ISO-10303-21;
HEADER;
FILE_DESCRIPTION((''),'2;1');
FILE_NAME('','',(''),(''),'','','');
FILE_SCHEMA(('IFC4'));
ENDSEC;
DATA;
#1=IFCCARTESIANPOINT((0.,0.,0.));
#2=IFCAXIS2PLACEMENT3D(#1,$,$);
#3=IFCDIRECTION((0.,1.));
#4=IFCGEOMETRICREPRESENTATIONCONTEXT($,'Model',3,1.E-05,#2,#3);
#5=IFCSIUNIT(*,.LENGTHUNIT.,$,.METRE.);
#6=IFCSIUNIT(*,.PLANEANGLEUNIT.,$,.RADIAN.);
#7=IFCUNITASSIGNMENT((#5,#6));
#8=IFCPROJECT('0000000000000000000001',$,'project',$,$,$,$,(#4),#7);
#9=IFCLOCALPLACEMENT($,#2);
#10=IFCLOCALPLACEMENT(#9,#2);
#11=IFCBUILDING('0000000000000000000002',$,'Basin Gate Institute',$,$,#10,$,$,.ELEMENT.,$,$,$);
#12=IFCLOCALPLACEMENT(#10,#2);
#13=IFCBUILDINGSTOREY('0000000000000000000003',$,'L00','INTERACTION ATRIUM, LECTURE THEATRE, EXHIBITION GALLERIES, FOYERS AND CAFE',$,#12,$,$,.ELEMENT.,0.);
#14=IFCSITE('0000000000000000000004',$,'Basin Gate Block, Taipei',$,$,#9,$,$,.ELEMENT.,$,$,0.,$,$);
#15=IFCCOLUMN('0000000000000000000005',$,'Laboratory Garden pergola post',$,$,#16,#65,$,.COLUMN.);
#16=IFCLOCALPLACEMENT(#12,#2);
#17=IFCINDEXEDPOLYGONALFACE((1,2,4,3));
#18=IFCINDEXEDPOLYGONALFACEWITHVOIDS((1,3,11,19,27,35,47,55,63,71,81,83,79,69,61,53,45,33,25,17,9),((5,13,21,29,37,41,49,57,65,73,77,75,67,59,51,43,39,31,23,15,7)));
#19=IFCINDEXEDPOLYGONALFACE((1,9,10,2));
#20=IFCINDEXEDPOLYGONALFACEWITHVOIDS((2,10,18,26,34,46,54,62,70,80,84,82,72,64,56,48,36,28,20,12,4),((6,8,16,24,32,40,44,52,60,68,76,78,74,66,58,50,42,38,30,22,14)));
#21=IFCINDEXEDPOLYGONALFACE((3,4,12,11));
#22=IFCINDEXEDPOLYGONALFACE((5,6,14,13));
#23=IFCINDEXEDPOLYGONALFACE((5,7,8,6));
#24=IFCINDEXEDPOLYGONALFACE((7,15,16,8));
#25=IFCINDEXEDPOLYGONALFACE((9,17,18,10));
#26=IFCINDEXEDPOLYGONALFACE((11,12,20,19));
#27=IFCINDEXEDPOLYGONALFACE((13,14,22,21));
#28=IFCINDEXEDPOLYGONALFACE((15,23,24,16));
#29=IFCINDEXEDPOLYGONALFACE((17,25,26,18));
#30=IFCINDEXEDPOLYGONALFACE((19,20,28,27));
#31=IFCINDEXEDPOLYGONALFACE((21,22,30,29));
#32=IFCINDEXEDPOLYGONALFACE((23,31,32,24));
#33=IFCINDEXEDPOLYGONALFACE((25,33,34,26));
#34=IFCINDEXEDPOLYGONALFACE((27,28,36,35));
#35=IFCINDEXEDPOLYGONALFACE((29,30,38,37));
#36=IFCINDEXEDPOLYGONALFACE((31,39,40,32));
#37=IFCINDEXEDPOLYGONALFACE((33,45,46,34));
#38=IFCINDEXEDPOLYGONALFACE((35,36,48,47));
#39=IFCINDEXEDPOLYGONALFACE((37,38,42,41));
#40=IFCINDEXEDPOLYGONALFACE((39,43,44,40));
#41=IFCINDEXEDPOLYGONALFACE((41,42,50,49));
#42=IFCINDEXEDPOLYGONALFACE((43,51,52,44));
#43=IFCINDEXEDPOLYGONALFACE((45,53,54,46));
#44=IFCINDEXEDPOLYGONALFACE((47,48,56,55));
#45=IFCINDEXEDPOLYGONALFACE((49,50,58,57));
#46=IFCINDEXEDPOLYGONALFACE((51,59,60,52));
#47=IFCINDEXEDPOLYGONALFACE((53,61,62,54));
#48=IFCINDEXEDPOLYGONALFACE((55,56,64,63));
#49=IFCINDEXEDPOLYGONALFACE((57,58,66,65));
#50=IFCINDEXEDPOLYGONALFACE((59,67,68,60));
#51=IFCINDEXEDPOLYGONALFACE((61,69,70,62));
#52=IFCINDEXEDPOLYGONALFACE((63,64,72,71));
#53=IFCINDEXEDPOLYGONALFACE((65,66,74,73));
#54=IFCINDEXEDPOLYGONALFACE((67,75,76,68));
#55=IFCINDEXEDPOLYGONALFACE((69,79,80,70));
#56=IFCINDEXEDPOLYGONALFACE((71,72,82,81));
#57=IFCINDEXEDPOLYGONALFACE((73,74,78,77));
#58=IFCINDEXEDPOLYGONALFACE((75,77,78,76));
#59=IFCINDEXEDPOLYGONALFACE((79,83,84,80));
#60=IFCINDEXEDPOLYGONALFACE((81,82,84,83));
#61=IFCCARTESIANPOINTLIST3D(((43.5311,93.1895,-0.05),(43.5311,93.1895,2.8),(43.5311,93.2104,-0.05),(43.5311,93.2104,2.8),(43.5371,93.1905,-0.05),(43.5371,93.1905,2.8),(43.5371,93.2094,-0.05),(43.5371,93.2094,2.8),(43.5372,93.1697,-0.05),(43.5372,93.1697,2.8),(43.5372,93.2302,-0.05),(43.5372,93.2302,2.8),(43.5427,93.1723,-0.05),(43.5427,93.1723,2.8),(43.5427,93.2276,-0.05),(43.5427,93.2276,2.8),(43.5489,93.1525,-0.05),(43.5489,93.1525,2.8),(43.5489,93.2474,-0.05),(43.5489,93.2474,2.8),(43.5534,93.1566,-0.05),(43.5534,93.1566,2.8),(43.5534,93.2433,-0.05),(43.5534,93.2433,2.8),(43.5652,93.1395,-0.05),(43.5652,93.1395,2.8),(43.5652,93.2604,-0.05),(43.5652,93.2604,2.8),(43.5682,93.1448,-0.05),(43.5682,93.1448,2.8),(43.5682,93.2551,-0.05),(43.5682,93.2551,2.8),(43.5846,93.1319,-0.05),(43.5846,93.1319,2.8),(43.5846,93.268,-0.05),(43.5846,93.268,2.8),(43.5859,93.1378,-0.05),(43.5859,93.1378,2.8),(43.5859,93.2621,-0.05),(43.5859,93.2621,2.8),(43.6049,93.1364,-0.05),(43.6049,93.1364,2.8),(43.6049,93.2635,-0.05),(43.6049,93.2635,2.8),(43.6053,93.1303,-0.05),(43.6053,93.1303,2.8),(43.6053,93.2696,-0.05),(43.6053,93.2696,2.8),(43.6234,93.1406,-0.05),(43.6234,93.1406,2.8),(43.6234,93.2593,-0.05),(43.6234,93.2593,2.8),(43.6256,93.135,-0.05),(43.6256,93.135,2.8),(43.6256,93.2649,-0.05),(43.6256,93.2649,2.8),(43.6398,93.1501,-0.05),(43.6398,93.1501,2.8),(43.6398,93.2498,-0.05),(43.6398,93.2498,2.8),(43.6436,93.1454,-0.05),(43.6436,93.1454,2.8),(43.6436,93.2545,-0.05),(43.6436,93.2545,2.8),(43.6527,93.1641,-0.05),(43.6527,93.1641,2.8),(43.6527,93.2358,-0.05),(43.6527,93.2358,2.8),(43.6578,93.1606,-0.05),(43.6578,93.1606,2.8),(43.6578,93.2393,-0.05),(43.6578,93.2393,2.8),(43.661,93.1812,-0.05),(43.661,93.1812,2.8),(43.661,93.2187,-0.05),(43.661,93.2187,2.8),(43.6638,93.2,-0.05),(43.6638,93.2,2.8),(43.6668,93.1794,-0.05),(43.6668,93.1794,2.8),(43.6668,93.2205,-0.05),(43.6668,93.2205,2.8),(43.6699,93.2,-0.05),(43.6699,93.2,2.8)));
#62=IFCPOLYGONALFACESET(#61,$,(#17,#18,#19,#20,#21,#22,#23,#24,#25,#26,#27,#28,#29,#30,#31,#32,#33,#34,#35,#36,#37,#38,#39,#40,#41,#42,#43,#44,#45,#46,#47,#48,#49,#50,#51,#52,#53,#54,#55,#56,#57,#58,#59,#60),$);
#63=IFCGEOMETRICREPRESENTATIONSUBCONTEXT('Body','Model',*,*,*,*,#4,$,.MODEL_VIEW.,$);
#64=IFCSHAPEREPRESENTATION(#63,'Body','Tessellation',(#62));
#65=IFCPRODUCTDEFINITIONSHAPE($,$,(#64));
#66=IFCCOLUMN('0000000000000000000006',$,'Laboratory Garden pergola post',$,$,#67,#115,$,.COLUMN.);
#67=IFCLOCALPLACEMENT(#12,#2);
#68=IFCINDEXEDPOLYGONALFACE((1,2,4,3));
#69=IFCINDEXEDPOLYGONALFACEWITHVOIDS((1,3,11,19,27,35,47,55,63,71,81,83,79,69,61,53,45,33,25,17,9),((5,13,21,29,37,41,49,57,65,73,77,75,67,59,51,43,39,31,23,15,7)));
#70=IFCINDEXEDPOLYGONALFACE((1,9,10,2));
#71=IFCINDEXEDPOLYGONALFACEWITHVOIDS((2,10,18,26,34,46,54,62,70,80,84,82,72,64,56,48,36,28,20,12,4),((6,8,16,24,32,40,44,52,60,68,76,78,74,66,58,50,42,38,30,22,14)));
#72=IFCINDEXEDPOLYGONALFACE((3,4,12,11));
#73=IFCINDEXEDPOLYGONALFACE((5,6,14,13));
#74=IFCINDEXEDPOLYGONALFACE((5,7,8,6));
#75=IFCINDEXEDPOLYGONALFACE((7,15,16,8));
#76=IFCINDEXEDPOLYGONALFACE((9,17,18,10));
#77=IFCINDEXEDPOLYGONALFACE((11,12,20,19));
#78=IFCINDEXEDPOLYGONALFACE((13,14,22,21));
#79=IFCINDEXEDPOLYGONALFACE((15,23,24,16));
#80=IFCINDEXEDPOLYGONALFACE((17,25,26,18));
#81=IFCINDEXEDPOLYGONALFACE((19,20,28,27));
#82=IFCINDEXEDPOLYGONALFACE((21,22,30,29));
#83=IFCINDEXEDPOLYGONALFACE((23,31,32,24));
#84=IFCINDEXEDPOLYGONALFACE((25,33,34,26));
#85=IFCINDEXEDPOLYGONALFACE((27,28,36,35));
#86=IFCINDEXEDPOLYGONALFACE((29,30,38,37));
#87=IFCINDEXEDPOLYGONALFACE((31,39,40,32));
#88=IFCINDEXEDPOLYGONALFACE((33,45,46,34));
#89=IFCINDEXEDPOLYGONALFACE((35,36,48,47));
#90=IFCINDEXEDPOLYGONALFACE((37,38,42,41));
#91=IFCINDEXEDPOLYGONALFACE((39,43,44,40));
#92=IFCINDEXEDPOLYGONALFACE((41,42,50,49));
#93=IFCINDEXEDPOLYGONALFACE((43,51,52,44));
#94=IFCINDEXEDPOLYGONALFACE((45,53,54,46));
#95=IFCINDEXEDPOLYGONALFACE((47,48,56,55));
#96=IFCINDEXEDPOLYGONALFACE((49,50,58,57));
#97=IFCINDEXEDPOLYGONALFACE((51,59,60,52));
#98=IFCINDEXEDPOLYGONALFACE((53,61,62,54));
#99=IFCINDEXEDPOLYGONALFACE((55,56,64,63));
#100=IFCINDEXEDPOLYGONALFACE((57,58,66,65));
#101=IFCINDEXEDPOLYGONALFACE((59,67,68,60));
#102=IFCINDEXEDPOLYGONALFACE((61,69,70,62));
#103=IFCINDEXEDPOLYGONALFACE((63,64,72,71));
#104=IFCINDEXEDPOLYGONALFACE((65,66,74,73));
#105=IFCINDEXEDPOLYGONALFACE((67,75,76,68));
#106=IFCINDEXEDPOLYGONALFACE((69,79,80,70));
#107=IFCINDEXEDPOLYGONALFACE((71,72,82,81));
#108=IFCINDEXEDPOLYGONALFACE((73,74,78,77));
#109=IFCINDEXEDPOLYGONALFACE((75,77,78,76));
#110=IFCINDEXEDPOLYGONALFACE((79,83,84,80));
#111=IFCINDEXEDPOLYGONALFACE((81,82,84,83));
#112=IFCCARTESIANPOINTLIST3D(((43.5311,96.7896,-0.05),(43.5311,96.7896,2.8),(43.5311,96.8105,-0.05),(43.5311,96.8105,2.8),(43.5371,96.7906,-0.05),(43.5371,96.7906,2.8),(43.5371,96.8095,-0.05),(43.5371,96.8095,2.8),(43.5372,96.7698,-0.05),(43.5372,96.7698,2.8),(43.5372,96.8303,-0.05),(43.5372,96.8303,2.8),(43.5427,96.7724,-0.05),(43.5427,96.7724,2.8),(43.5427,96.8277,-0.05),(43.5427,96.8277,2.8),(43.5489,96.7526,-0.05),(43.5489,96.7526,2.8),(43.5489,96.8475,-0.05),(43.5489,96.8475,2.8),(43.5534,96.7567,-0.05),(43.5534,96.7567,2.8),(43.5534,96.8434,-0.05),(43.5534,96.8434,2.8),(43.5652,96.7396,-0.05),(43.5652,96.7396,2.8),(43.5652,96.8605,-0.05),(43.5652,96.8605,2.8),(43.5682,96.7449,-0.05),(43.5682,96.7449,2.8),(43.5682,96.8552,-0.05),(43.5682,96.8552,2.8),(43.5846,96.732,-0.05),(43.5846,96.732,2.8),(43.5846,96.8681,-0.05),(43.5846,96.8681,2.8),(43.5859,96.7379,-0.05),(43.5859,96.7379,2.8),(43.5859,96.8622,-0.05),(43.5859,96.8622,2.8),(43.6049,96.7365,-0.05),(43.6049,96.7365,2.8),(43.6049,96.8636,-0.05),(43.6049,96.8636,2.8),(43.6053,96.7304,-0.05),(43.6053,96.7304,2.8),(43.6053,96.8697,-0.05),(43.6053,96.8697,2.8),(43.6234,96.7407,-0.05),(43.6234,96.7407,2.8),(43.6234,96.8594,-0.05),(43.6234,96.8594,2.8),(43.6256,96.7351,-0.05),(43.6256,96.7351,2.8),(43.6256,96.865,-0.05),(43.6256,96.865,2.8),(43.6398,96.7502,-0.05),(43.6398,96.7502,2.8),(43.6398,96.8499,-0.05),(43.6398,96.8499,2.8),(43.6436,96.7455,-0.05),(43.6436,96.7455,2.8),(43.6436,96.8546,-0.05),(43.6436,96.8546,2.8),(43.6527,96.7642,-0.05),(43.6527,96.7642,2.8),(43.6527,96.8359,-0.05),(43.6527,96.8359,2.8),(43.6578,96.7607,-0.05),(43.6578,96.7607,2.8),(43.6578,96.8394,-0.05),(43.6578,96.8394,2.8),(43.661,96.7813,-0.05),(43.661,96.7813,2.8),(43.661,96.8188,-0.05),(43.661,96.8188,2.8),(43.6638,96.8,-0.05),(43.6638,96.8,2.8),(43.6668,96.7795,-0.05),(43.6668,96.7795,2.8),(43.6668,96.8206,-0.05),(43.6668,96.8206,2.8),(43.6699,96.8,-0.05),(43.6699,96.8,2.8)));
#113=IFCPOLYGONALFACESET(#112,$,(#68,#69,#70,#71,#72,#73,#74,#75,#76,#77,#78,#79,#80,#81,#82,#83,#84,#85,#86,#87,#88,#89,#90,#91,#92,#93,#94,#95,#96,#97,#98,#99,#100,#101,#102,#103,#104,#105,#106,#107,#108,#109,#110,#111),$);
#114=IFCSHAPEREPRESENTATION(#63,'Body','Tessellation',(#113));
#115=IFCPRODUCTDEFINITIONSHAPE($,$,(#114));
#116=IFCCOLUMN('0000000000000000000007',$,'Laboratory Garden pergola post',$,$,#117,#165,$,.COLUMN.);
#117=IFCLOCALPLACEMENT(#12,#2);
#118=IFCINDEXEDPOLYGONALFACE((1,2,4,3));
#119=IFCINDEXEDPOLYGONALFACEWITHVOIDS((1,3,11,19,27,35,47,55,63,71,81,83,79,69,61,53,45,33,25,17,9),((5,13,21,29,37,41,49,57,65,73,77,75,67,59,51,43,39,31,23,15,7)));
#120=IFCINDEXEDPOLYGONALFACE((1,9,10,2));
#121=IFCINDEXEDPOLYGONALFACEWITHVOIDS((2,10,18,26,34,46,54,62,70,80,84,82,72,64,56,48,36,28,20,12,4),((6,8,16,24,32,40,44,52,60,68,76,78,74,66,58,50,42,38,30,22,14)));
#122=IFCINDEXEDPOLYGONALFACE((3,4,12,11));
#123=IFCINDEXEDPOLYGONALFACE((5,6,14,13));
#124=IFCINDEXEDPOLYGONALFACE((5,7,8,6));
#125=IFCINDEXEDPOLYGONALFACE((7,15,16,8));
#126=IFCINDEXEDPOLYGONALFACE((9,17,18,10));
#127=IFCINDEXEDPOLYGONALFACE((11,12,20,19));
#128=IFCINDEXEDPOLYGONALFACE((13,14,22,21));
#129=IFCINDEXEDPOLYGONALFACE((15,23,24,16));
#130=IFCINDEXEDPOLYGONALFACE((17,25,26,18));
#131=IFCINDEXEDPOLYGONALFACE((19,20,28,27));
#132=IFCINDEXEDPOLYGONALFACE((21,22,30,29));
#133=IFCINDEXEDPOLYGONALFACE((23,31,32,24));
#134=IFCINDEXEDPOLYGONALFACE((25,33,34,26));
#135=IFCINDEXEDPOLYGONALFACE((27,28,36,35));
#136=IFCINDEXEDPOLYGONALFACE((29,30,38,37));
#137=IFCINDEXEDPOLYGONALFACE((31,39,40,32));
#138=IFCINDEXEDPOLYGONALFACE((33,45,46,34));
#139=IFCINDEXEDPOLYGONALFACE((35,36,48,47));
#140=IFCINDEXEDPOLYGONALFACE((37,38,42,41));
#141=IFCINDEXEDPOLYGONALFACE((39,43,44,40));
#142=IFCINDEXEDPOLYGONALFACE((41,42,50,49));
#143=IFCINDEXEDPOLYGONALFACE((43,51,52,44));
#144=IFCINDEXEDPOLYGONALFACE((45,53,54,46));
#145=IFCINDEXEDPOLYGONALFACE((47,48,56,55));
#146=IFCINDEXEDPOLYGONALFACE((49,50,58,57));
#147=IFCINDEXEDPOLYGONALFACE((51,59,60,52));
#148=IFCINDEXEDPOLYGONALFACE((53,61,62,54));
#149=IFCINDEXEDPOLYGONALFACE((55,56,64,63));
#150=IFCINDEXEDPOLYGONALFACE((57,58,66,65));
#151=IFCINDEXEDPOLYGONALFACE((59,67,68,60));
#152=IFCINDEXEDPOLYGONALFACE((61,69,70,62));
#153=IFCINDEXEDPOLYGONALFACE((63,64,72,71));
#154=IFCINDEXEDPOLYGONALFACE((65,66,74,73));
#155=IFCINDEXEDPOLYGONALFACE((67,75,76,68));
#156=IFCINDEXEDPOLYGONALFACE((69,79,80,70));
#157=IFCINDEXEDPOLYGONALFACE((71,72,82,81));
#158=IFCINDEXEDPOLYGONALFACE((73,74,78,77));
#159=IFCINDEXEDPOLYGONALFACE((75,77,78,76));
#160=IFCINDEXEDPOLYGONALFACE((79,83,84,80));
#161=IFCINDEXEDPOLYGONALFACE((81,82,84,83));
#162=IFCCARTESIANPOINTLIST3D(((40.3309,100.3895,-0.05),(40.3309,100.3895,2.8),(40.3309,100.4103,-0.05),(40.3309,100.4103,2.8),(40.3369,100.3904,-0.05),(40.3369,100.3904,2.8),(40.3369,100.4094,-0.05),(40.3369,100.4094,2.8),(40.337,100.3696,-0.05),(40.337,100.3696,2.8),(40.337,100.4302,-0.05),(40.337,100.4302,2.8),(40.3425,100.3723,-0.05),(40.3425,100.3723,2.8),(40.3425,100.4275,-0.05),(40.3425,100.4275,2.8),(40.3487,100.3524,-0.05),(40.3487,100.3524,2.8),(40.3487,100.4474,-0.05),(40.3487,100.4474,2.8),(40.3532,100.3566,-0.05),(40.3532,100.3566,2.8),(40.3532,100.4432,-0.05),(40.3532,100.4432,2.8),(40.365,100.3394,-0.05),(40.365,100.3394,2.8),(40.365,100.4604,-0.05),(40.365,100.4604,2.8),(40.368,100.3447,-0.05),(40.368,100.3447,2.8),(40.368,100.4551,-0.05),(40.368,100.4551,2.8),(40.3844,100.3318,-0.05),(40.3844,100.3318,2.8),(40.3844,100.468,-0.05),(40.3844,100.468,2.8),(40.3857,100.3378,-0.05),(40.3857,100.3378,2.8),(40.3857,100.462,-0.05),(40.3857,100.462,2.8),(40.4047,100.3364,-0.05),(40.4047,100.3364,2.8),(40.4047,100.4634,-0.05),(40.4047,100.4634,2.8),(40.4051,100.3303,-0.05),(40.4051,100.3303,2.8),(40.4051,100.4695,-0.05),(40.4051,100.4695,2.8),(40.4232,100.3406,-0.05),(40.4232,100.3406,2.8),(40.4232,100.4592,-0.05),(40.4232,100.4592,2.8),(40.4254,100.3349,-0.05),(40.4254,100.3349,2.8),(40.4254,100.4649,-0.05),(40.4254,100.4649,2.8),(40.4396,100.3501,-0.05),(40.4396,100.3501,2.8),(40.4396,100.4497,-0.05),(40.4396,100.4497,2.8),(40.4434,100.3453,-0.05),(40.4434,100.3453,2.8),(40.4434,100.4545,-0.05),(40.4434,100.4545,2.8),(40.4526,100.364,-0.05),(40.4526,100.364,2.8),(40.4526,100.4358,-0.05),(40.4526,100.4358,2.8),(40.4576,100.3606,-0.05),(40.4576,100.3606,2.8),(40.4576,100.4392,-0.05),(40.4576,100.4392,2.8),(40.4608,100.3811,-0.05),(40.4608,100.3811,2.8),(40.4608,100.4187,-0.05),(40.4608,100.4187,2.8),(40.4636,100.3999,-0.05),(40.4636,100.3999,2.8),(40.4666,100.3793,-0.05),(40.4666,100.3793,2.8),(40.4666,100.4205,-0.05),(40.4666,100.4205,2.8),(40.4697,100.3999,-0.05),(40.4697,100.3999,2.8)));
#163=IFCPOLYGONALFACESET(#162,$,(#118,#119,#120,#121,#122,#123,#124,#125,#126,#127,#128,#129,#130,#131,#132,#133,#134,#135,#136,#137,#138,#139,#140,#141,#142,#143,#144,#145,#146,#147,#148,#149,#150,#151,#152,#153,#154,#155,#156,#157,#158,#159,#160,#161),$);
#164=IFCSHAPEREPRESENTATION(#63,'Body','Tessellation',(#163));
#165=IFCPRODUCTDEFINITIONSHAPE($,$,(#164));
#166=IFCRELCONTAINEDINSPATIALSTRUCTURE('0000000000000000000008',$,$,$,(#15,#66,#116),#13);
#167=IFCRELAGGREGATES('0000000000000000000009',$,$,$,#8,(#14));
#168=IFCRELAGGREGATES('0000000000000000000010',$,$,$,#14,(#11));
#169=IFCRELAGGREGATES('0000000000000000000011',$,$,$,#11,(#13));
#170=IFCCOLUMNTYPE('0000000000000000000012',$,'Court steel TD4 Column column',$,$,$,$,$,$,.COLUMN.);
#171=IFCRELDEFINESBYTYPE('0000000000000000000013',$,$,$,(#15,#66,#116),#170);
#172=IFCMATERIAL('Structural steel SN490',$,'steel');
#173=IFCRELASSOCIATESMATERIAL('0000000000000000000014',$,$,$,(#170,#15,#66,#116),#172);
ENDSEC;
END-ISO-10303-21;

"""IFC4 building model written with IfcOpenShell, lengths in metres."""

from ifc_helpers import new_model, si_unit, direction, frame, origin, origin_2d, place, context, subcontext, project, spatial, hollow_circle, extrude, material, material_profile, profile_set, type_object, element, save


model = new_model("IFC4")

# Units and contexts
model_context = context("Model", 3, precision=1e-05, world=origin(), true_north=direction((0.0, 1.0)))
body_context = subcontext(model_context, "Body", "Model", "MODEL_VIEW")
ifc_project = project(units=[si_unit("LENGTHUNIT", "METRE"), si_unit("PLANEANGLEUNIT", "RADIAN")], contexts=[model_context])

# Site, building, storey
site_placement = place(None, origin())
site = spatial("IfcSite", under=ifc_project, at=site_placement, Name="Basin Gate Block, Taipei", CompositionType="ELEMENT", RefElevation=0.0)
building_placement = place(site_placement, origin())
building = spatial("IfcBuilding", under=site, at=building_placement, Name="Basin Gate Institute", CompositionType="ELEMENT")
storey_placement = place(building_placement, origin())
storey = spatial("IfcBuildingStorey", under=building, at=storey_placement, Name="L00", Description="INTERACTION ATRIUM, LECTURE THEATRE, EXHIBITION GALLERIES, FOYERS AND CAFE", CompositionType="ELEMENT", Elevation=0.0)

# Columns
ifc_material_1 = material(Name="Structural steel SN490", Category="steel")
ifc_material_profile_1 = material_profile(ifc_material_1, hollow_circle(Radius=0.0698, WallThickness=0.0061, at=origin_2d()), Name="CHS139x6")
ifc_profile_set_1 = profile_set([ifc_material_profile_1], Name="Structural steel SN490")
column_type = type_object("IfcColumnType", Name="Court steel TD4 Column column", PredefinedType="COLUMN", material=ifc_profile_set_1)
for number, where, z_axis, x_axis, name in (
    (1, (43.6001, 93.2, -0.05), (0.0, 0.0, 1.0), (1.0, 0.0, 0.0), "Laboratory Garden pergola post"),
    (2, (43.6001, 96.8, -0.05), (0.0, 0.0, 1.0), (1.0, 0.0, 0.0), "Laboratory Garden pergola post"),
    (3, (40.3999, 100.3999, -0.05), (0.0, 0.0, 1.0), (1.0, 0.0, 0.0), "Laboratory Garden pergola post"),
):
    element("IfcColumn", number, at=place(storey_placement, frame(where, z_axis=z_axis, x_axis=x_axis)), inside=storey, type_object=column_type, material=ifc_profile_set_1, Name=name, PredefinedType="COLUMN", context=body_context, shape_type="SweptSolid", body=[
        extrude(hollow_circle(Radius=0.0698, WallThickness=0.0061, at=origin_2d()), origin(), (0.0, 0.0, 1.0), 2.8501),
    ])

save(model, "model.ifc")
